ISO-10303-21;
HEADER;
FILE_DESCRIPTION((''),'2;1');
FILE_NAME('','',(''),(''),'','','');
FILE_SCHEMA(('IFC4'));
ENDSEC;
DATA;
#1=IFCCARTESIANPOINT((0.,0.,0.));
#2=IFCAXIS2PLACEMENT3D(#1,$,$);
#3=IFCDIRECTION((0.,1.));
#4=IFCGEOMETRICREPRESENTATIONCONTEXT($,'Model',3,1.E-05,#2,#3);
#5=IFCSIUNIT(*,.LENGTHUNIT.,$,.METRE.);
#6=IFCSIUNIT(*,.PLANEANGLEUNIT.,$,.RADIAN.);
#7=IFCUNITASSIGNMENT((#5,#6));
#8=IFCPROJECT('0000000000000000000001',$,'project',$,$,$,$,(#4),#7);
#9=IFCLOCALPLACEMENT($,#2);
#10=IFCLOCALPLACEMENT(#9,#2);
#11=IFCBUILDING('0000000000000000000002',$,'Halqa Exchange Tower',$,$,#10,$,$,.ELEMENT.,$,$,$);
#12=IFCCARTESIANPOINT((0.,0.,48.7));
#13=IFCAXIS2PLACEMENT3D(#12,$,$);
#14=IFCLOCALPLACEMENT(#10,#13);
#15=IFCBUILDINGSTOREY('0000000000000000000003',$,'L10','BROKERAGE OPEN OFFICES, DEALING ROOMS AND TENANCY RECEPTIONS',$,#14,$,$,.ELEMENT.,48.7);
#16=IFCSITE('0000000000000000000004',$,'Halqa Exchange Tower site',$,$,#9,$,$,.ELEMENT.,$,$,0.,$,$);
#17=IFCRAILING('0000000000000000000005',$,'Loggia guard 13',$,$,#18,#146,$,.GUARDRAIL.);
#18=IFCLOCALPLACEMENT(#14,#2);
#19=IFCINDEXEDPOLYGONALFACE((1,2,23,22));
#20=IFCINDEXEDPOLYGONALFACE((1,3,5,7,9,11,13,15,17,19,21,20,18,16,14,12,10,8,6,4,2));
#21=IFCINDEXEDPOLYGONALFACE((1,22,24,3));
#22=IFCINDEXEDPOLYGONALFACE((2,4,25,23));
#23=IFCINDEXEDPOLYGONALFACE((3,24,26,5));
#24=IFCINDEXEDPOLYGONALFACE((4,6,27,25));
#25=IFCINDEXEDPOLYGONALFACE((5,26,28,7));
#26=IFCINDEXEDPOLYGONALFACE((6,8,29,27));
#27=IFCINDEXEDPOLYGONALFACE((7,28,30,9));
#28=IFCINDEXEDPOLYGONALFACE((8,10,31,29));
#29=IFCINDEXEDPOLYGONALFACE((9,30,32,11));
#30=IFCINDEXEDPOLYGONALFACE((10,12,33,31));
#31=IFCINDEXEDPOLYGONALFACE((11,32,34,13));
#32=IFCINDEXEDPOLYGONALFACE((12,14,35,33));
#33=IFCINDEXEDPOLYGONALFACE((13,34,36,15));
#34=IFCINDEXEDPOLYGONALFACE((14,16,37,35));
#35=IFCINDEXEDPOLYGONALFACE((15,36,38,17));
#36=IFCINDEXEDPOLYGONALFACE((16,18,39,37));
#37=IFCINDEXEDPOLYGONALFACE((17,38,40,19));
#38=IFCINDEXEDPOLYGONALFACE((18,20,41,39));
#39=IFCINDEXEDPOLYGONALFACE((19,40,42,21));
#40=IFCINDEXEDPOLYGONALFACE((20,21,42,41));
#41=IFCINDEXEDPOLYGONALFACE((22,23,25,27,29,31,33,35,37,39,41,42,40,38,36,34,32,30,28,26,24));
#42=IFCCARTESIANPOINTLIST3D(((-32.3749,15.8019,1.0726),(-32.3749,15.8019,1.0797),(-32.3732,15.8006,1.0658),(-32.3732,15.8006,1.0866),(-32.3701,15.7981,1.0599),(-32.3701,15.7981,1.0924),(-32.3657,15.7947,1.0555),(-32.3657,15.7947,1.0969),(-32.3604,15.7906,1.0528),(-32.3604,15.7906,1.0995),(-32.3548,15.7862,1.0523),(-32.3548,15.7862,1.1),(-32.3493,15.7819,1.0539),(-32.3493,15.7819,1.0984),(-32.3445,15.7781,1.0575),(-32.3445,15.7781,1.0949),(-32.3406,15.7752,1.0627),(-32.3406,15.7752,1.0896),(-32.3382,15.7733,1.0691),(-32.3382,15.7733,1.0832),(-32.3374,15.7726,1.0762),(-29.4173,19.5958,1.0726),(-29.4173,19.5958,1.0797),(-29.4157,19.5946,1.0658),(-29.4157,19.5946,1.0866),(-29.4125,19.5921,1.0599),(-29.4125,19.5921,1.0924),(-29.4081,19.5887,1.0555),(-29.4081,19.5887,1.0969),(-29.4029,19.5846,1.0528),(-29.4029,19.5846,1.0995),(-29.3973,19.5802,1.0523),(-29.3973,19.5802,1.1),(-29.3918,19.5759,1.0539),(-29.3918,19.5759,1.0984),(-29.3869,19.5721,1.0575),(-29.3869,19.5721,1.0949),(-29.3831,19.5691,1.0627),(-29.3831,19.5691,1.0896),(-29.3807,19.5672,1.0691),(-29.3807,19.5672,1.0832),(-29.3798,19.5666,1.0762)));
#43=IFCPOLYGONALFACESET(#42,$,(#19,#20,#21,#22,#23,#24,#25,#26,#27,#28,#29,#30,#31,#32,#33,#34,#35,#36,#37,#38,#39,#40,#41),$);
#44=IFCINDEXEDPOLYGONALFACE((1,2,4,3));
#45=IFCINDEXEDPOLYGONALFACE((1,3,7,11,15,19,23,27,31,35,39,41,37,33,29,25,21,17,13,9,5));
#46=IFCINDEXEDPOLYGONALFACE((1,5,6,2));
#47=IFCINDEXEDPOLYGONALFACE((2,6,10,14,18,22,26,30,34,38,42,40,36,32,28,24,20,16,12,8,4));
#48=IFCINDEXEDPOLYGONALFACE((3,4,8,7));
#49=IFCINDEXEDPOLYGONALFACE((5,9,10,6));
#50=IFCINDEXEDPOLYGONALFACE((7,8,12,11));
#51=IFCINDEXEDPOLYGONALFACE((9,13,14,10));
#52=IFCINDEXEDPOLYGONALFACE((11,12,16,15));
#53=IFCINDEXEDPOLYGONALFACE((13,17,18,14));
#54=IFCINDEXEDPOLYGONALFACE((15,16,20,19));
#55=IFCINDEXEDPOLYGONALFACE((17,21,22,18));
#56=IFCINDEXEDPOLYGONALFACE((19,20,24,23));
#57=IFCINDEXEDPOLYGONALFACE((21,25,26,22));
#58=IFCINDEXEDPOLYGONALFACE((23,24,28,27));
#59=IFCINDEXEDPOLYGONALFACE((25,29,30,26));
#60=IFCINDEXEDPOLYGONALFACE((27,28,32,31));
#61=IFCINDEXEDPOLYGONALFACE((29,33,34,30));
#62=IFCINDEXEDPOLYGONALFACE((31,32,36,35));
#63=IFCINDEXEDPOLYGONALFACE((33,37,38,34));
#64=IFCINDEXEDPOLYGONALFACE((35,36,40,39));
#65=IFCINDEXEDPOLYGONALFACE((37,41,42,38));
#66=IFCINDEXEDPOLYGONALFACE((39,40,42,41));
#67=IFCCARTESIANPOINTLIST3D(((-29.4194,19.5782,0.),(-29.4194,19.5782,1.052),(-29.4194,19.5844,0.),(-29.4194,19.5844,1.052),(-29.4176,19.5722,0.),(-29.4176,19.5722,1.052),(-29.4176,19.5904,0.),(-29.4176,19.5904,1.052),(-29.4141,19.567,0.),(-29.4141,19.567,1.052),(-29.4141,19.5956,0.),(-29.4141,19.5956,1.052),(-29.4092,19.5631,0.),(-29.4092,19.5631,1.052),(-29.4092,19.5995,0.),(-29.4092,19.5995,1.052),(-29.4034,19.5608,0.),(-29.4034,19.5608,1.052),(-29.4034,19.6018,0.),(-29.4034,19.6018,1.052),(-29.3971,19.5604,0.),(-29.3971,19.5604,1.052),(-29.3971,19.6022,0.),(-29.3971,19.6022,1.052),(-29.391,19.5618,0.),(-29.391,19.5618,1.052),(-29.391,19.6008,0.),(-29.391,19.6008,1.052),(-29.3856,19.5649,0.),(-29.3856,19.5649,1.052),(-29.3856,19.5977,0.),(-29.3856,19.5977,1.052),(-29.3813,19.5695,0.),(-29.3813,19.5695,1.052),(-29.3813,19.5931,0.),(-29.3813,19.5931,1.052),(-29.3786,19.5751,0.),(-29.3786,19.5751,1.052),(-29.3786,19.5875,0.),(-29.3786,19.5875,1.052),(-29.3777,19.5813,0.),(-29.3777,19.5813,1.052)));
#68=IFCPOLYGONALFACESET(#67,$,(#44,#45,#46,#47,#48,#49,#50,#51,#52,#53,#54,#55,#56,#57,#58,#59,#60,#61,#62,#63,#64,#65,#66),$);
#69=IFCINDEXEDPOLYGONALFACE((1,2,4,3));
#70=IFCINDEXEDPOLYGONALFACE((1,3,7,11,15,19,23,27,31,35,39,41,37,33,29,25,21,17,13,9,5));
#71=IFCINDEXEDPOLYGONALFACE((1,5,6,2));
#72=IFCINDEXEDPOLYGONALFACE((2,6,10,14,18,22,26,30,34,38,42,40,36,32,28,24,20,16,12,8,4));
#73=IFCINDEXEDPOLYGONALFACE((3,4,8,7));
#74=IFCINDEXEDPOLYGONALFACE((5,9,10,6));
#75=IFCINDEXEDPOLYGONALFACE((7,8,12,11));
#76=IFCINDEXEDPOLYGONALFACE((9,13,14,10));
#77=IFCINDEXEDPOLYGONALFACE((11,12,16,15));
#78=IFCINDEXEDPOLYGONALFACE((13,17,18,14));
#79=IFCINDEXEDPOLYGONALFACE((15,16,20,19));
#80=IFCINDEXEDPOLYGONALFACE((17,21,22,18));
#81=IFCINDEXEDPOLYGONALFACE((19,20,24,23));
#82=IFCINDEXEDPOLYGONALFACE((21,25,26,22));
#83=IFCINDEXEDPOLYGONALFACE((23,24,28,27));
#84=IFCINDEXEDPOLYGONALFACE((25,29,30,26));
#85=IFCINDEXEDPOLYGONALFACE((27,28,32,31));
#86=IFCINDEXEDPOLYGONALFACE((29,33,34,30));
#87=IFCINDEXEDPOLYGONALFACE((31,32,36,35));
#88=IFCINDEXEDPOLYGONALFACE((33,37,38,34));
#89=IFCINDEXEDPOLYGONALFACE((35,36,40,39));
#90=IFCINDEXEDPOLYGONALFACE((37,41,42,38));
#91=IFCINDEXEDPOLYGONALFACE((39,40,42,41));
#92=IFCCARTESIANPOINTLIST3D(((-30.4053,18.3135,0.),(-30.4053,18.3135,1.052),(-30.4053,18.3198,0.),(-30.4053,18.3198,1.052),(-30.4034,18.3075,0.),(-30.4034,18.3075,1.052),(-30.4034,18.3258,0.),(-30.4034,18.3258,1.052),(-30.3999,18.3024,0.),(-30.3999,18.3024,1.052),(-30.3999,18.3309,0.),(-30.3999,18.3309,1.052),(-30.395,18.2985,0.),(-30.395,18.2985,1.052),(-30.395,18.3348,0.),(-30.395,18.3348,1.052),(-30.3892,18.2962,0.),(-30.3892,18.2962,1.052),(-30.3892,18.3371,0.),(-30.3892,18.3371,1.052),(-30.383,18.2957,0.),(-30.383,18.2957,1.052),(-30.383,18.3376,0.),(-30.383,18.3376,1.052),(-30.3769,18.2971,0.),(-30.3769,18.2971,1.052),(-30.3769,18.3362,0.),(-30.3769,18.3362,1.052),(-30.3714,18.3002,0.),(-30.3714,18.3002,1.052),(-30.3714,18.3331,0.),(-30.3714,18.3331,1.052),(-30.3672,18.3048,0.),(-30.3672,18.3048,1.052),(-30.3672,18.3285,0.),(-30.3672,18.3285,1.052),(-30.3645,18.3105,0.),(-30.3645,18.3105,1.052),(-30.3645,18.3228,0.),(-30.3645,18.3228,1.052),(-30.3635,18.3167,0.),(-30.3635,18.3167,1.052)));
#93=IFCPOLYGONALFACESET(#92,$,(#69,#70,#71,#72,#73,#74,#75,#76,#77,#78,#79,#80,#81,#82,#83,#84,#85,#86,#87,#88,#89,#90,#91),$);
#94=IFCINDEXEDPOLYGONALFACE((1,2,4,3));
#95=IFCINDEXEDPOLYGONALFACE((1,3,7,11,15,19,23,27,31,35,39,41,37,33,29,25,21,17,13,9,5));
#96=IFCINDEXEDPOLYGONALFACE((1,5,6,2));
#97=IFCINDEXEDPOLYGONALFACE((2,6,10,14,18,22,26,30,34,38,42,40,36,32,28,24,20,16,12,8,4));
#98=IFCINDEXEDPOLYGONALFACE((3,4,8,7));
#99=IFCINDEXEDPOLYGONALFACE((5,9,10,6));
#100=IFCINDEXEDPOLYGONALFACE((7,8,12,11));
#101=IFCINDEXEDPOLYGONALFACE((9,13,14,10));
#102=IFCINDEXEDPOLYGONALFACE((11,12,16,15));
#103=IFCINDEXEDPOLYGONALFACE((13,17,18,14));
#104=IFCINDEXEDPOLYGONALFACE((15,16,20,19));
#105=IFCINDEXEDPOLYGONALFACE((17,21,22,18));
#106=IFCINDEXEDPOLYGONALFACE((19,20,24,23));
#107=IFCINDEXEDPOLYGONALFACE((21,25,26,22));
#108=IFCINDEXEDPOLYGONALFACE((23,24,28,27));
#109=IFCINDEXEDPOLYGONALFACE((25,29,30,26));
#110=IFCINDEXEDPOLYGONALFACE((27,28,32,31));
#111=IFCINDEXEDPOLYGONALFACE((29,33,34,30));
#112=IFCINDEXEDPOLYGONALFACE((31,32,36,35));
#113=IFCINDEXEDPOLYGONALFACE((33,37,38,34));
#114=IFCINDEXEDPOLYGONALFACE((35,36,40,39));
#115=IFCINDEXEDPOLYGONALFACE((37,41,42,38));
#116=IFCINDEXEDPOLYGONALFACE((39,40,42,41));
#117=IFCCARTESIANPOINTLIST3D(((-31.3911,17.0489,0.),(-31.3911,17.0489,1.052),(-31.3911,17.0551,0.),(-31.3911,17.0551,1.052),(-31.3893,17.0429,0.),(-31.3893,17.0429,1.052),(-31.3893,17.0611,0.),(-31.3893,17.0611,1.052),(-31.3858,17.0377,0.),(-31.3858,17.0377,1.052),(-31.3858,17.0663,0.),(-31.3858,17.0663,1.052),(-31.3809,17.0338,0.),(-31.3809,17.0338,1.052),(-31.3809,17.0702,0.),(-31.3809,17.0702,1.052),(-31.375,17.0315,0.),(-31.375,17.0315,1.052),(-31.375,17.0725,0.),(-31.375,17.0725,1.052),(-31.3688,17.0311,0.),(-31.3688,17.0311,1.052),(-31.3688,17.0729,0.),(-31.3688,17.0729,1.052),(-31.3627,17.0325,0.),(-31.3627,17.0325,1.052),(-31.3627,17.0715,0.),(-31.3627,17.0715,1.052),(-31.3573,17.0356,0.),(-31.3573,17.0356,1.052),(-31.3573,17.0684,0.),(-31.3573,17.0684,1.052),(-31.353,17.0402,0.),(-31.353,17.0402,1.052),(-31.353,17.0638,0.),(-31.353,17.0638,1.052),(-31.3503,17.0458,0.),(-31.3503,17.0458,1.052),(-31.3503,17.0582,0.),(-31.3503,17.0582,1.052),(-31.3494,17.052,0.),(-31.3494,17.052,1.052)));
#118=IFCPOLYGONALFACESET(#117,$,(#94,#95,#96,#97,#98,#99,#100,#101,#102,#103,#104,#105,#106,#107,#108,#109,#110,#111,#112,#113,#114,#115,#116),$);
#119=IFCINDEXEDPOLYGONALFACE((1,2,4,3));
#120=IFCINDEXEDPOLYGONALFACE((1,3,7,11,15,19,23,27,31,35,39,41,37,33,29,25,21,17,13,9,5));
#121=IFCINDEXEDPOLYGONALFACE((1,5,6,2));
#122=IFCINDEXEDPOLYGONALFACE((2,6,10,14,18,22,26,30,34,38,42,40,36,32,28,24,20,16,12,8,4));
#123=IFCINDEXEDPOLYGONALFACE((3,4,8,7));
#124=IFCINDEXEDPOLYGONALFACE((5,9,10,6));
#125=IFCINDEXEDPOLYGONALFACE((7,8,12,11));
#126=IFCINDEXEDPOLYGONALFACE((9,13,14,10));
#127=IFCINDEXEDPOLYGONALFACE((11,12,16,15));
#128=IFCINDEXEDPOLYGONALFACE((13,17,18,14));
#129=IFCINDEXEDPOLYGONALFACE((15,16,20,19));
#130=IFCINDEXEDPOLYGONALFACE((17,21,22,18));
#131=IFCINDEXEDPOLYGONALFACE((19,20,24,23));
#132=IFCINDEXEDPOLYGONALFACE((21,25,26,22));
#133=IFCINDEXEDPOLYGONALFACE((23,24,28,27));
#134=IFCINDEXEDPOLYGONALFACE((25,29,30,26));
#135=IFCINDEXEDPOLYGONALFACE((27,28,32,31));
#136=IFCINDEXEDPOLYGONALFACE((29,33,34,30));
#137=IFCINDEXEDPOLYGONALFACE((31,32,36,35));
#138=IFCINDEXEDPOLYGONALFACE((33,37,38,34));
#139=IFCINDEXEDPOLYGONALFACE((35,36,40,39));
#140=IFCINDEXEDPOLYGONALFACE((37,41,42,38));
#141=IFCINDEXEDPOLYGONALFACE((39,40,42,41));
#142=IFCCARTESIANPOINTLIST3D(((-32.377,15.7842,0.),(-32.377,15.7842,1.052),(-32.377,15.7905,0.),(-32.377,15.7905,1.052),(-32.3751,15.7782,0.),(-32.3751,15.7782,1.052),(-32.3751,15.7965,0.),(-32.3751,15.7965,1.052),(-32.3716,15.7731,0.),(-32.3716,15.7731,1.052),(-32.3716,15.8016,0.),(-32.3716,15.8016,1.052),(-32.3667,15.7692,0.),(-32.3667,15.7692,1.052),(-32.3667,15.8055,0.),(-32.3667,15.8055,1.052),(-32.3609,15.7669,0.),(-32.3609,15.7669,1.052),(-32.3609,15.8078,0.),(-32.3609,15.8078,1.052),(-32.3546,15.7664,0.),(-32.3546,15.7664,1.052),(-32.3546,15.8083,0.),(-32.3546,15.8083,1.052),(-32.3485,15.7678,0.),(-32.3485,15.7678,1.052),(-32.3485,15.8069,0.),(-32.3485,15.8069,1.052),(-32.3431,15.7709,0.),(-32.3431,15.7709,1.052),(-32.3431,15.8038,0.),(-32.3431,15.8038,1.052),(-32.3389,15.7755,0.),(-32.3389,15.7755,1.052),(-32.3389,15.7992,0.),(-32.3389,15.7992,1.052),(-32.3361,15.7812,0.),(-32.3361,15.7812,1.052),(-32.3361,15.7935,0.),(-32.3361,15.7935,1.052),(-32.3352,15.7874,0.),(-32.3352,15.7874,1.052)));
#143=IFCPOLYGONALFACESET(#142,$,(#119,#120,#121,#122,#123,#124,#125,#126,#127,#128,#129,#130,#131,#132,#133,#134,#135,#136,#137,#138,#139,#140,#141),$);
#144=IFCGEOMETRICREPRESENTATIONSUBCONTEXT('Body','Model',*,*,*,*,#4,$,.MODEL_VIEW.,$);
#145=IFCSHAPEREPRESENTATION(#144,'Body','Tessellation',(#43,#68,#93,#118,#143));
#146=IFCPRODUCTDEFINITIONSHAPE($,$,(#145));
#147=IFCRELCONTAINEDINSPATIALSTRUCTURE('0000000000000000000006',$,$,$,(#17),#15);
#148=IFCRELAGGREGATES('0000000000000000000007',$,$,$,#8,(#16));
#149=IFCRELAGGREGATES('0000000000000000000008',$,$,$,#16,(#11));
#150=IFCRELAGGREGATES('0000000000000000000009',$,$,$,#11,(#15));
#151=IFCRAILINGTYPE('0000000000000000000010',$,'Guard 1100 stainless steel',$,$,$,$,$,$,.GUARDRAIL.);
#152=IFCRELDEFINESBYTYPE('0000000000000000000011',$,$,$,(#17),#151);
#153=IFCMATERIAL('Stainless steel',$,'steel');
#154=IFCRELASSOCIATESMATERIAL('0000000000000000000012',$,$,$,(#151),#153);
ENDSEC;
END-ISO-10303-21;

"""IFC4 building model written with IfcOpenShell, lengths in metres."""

from ifc_helpers import new_model, si_unit, direction, frame, origin, origin_2d, place, context, subcontext, project, spatial, circle, extrude, material, type_object, element, save


model = new_model("IFC4")

# Units and contexts
model_context = context("Model", 3, precision=1e-05, world=origin(), true_north=direction((0.0, 1.0)))
body_context = subcontext(model_context, "Body", "Model", "MODEL_VIEW")
ifc_project = project(units=[si_unit("LENGTHUNIT", "METRE"), si_unit("PLANEANGLEUNIT", "RADIAN")], contexts=[model_context])

# Site, building, storey
site_placement = place(None, origin())
site = spatial("IfcSite", under=ifc_project, at=site_placement, Name="Halqa Exchange Tower site", CompositionType="ELEMENT", RefElevation=0.0)
building_placement = place(site_placement, origin())
building = spatial("IfcBuilding", under=site, at=building_placement, Name="Halqa Exchange Tower", CompositionType="ELEMENT")
storey_placement = place(building_placement, frame((0.0, 0.0, 48.7)))
storey = spatial("IfcBuildingStorey", under=building, at=storey_placement, Name="L10", Description="BROKERAGE OPEN OFFICES, DEALING ROOMS AND TENANCY RECEPTIONS", CompositionType="ELEMENT", Elevation=48.7)

# Railing
ifc_material_1 = material(Name="Stainless steel", Category="steel")
railing_type = type_object("IfcRailingType", Name="Guard 1100 stainless steel", PredefinedType="GUARDRAIL", material=ifc_material_1)
railing_1_placement = place(storey_placement, frame((-29.3987, 19.5813, 0.0)))
element("IfcRailing", 1, at=railing_1_placement, inside=storey, type_object=railing_type, Name="Loggia guard 13", PredefinedType="GUARDRAIL", context=body_context, shape_type="SweptSolid", body=[
    extrude(circle(Radius=0.0239, at=origin_2d()), frame((0.0, 0.0, 1.0762), z_axis=(-0.614805, -0.788679, 0.0), x_axis=(0.788679, -0.614805, 0.0)), (0.0, 0.0, 1.0), 4.8105),
    extrude(circle(Radius=0.021, at=origin_2d()), origin(), (0.0, 0.0, 1.0), 1.052),
    extrude(circle(Radius=0.021, at=origin_2d()), frame((-0.9858, -1.2646, 0.0)), (0.0, 0.0, 1.0), 1.052),
    extrude(circle(Radius=0.021, at=origin_2d()), frame((-1.9717, -2.5293, 0.0)), (0.0, 0.0, 1.0), 1.052),
    extrude(circle(Radius=0.021, at=origin_2d()), frame((-2.9575, -3.7939, 0.0)), (0.0, 0.0, 1.0), 1.052),
])

save(model, "model.ifc")
